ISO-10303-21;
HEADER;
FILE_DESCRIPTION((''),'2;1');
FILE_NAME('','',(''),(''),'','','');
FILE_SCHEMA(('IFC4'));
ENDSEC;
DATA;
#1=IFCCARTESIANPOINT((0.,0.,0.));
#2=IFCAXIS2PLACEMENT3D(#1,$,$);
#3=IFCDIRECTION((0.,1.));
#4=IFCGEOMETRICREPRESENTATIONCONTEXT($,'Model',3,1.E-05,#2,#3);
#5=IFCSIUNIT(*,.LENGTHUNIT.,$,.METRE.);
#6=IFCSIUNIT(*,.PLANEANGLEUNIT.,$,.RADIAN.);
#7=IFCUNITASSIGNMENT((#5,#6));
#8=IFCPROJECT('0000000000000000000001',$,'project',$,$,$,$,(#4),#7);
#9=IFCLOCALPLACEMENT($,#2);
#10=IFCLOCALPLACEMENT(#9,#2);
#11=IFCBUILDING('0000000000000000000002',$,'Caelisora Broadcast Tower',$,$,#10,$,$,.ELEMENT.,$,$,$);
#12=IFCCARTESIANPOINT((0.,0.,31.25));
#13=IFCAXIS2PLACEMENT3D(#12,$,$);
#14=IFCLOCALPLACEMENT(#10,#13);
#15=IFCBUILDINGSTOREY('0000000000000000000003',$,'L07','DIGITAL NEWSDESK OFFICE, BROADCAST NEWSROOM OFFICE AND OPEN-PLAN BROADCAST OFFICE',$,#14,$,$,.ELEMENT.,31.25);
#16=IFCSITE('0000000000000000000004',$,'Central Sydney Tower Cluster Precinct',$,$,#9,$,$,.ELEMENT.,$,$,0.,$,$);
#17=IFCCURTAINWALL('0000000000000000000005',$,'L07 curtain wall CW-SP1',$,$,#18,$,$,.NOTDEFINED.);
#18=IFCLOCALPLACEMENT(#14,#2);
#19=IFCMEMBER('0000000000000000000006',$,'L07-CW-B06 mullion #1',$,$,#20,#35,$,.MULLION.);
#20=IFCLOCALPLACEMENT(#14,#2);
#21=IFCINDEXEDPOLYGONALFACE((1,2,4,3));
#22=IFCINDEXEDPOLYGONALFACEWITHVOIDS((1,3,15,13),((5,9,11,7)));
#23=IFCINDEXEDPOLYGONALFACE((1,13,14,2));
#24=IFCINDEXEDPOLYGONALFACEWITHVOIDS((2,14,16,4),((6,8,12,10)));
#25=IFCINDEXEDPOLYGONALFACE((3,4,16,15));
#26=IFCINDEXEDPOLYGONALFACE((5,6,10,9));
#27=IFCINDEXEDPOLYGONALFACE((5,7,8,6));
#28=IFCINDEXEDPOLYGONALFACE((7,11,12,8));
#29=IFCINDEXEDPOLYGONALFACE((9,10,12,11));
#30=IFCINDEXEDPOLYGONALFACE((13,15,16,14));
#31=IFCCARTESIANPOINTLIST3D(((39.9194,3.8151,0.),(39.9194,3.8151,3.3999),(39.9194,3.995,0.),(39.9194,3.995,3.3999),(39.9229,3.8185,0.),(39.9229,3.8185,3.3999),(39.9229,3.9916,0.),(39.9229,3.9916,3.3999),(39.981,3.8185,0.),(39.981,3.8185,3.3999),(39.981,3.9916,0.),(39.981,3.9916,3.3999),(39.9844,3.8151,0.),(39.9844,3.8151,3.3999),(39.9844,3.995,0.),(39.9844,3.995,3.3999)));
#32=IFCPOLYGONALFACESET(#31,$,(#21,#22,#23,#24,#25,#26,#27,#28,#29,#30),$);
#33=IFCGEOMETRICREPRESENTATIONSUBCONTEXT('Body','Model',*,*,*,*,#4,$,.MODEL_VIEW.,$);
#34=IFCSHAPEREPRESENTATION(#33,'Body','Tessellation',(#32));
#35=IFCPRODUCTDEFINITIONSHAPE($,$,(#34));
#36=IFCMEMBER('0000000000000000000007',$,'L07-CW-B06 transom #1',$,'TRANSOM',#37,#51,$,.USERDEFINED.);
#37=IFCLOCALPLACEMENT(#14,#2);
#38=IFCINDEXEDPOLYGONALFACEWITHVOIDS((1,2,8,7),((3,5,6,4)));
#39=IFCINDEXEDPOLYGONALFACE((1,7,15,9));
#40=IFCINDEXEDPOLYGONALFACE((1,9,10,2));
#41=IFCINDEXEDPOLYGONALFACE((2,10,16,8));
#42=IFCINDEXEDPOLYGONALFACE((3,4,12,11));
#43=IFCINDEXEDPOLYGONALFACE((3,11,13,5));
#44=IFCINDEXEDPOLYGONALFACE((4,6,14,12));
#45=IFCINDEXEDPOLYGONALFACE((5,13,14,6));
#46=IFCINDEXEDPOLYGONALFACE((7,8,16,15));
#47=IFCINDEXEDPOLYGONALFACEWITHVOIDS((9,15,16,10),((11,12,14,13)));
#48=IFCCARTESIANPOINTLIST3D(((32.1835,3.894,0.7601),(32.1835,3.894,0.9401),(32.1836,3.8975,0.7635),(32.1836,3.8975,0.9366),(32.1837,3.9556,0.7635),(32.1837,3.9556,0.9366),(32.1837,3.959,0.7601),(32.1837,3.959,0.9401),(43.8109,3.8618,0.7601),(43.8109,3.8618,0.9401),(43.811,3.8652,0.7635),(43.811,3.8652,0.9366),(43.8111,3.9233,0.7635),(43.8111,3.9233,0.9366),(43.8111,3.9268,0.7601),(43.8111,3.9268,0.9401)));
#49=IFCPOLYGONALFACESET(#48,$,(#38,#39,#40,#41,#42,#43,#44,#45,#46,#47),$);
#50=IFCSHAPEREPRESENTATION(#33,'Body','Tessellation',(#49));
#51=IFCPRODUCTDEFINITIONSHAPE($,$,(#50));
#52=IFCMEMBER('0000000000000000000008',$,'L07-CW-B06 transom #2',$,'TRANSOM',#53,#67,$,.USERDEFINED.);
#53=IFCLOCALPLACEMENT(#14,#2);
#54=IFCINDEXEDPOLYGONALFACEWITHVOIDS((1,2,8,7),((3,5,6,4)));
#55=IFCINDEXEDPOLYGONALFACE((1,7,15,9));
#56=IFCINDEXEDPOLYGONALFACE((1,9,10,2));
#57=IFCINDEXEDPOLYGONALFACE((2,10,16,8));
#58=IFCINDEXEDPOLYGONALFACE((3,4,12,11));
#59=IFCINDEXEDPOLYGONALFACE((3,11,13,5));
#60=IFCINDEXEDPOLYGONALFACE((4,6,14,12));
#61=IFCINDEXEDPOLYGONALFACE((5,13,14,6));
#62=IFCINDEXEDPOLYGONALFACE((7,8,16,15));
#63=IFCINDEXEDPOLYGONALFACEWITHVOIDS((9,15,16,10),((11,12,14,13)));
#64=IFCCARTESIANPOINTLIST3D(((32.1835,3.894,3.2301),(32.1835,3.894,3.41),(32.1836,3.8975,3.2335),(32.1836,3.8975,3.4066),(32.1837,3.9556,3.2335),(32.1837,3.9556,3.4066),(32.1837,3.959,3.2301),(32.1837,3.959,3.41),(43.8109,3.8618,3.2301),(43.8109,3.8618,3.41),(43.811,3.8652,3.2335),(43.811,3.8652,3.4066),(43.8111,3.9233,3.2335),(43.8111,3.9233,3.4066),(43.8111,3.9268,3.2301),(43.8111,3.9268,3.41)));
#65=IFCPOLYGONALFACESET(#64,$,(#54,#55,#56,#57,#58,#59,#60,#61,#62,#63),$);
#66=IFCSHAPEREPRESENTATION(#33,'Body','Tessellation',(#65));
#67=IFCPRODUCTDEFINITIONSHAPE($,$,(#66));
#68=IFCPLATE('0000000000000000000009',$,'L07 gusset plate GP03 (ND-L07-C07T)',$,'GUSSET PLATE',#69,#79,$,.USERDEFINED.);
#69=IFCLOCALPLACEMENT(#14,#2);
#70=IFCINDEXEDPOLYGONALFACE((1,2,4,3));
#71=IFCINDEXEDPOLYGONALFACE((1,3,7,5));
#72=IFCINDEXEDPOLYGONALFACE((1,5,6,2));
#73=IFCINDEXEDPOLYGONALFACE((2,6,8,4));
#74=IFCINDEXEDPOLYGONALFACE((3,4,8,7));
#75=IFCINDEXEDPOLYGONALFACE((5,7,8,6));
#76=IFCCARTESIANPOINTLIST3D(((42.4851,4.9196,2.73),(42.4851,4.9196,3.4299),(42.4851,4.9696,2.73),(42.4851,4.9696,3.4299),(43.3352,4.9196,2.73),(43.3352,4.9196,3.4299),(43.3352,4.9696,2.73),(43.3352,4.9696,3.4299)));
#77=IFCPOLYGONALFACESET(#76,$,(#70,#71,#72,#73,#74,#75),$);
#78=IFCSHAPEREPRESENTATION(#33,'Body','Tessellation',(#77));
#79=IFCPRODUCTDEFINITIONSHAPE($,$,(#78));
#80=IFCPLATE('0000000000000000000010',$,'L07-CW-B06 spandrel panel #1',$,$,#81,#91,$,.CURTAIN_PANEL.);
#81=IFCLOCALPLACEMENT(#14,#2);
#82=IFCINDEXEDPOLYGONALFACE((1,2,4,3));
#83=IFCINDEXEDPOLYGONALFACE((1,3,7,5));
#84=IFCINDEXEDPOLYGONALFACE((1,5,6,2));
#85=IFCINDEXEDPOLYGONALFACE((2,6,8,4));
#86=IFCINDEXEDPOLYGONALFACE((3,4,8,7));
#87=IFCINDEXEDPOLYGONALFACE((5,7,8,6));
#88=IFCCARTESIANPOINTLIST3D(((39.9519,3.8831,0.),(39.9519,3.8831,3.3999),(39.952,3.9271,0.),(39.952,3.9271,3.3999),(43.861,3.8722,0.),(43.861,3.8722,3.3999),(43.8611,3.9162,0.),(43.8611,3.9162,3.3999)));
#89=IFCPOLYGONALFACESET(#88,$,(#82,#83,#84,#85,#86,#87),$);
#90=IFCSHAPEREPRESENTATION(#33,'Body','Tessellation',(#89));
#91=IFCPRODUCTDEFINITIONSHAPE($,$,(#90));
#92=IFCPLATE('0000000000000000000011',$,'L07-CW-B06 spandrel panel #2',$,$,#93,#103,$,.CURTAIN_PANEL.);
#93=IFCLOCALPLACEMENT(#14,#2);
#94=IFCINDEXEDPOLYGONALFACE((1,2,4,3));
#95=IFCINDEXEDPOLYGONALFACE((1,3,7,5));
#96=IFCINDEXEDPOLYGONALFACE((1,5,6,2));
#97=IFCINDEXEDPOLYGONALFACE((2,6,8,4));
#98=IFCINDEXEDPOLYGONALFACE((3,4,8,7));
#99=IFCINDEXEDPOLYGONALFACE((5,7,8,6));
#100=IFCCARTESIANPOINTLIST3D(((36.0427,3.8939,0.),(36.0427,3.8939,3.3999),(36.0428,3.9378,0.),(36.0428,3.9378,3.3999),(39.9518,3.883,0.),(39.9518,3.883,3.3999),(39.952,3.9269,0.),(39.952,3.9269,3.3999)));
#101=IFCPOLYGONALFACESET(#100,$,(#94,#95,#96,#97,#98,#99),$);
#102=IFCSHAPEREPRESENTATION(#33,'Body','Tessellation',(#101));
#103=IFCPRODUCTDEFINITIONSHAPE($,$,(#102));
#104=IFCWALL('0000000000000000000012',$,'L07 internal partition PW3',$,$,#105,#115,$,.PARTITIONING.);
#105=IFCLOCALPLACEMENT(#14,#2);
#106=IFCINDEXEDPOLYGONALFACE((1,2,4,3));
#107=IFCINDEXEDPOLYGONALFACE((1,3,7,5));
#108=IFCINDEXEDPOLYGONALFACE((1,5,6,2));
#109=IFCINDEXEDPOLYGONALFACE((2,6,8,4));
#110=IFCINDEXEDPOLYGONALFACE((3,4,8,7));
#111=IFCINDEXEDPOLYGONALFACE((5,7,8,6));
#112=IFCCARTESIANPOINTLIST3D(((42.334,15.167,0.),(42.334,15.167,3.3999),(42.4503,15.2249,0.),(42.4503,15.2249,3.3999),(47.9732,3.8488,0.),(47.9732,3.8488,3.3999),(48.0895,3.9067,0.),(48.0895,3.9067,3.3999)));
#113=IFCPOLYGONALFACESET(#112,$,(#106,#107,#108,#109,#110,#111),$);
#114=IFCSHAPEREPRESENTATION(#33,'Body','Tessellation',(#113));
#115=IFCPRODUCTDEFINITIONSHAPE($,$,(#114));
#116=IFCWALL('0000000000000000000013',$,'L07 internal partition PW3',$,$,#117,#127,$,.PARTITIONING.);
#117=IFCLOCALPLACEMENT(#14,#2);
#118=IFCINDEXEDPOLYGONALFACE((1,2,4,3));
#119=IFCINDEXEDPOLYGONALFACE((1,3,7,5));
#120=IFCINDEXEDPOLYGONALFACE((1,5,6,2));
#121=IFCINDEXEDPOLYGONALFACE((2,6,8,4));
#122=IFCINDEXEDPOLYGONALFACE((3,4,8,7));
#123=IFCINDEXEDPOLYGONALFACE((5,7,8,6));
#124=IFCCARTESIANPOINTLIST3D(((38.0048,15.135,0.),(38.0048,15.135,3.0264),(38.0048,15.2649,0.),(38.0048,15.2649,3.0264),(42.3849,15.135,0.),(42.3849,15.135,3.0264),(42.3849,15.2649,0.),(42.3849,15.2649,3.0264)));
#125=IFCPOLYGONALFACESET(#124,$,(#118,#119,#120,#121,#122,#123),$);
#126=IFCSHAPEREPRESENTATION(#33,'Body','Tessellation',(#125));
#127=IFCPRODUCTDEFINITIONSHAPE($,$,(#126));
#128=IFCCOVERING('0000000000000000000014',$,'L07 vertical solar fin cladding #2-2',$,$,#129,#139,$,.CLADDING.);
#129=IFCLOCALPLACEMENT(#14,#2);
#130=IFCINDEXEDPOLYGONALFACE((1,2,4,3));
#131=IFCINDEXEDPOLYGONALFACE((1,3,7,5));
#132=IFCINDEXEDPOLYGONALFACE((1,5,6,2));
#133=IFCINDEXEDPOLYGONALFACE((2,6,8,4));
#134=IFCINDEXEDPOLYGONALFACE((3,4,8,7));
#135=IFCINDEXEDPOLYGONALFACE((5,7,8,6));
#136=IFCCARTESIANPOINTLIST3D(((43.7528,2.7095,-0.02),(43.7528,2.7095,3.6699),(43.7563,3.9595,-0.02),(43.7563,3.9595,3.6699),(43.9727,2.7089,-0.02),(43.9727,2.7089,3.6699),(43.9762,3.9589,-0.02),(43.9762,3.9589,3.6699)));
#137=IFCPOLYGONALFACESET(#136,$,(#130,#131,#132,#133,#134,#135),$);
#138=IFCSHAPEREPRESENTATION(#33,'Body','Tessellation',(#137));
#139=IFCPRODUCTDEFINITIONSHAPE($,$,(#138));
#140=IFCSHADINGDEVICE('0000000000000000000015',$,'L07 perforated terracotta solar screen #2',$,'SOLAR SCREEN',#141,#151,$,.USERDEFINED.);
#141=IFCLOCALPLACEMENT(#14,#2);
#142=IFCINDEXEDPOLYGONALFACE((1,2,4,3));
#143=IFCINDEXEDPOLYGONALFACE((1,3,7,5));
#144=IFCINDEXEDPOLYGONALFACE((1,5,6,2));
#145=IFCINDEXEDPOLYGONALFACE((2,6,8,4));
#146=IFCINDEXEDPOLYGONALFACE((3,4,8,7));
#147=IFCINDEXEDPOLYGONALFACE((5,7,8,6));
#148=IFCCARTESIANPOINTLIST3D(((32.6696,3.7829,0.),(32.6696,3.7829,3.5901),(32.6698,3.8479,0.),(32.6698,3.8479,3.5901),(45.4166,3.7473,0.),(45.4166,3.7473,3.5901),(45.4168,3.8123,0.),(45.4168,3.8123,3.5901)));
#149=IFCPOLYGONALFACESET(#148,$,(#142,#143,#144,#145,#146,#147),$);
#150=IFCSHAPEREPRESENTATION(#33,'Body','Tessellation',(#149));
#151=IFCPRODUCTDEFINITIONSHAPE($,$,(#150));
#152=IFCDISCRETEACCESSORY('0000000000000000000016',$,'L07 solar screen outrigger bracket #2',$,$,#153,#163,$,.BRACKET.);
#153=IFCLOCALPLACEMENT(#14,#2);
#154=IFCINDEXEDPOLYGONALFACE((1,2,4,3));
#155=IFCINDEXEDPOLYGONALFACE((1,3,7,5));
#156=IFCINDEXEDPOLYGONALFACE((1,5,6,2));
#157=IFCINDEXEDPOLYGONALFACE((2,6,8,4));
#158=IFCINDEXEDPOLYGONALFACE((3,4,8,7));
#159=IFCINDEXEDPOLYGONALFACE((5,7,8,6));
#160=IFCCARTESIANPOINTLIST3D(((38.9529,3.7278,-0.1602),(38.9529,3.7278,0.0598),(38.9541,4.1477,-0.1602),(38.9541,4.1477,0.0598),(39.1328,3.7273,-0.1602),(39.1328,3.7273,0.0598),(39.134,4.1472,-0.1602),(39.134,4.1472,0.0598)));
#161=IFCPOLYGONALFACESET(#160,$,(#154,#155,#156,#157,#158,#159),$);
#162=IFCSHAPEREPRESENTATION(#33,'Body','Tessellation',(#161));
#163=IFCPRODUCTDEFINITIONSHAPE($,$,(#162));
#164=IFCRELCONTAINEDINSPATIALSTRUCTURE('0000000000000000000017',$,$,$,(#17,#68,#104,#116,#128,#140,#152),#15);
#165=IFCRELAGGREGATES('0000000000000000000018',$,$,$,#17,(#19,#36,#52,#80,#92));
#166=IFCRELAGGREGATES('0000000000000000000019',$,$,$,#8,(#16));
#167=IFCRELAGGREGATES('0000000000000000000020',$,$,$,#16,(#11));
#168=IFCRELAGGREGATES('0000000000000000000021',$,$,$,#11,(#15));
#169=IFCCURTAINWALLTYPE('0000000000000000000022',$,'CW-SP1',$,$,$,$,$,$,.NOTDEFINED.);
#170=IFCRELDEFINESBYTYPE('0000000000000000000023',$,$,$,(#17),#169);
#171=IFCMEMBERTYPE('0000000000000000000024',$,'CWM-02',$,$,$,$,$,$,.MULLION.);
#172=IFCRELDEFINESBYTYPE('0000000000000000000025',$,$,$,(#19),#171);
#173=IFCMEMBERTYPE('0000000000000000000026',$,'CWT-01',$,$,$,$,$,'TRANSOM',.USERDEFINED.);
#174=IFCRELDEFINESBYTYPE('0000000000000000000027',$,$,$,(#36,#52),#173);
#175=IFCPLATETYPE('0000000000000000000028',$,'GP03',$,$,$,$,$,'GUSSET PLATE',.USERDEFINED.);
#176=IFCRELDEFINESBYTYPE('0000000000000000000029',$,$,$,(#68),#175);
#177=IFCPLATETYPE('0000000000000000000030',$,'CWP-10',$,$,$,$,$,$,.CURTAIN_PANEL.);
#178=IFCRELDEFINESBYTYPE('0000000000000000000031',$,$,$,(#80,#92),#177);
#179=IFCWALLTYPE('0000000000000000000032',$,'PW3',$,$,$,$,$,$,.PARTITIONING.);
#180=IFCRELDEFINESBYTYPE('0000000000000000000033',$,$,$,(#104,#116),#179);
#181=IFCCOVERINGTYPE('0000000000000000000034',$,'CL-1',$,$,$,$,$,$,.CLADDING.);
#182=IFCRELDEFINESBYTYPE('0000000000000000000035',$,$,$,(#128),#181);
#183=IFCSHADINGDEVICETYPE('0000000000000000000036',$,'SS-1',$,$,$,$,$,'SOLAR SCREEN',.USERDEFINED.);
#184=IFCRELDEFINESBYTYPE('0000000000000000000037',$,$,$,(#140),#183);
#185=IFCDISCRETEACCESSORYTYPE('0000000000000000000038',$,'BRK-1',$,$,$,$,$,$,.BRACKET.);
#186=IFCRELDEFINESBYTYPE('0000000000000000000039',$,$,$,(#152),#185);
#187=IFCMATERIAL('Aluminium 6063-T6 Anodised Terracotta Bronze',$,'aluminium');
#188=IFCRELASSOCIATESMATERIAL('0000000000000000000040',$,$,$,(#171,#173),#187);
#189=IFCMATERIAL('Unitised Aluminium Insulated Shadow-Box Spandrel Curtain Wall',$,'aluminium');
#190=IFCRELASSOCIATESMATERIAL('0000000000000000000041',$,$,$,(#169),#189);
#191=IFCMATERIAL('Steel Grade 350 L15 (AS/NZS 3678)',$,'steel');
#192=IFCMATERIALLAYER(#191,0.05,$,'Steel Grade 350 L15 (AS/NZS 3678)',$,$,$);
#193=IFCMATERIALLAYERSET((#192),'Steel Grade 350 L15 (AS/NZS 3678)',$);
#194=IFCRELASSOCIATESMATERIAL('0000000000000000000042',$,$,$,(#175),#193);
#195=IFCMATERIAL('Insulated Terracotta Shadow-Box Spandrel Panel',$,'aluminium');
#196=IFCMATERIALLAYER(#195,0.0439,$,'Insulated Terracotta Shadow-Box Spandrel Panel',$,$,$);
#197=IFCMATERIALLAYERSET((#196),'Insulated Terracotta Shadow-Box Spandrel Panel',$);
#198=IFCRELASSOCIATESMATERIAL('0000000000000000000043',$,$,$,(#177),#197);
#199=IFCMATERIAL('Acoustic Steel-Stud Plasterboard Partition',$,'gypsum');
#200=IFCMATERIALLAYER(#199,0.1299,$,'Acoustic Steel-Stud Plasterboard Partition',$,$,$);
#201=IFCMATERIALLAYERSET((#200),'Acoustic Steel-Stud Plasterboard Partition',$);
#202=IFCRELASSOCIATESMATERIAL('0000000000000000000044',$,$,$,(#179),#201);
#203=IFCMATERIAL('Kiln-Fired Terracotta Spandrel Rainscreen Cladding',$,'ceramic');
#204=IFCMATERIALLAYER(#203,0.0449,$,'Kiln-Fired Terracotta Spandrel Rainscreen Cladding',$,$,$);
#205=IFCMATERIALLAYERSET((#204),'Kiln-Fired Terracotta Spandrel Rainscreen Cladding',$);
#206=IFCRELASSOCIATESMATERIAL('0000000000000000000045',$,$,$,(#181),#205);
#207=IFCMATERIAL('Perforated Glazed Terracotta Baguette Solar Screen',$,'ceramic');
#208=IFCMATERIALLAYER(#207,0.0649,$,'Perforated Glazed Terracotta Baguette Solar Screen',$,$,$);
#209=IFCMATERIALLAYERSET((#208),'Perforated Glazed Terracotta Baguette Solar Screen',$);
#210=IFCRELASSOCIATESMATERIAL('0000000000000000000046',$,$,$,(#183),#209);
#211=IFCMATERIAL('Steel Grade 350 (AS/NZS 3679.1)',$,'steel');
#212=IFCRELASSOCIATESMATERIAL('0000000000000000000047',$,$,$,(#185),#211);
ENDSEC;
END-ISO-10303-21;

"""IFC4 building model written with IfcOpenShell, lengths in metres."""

from ifc_helpers import new_model, si_unit, direction, frame, frame_2d, origin, origin_2d, place, context, subcontext, project, spatial, rectangle, hollow_rectangle, extrude, source, transform, mapped, material, layer, layer_set, material_profile, profile_set, type_object, type_shapes, element, aggregate, save


model = new_model("IFC4")

# Units and contexts
model_context = context("Model", 3, precision=1e-05, world=origin(), true_north=direction((0.0, 1.0)))
body_context = subcontext(model_context, "Body", "Model", "MODEL_VIEW")
ifc_project = project(units=[si_unit("LENGTHUNIT", "METRE"), si_unit("PLANEANGLEUNIT", "RADIAN")], contexts=[model_context])

# Site, building, storey
site_placement = place(None, origin())
site = spatial("IfcSite", under=ifc_project, at=site_placement, Name="Central Sydney Tower Cluster Precinct", CompositionType="ELEMENT", RefElevation=0.0)
building_placement = place(site_placement, origin())
building = spatial("IfcBuilding", under=site, at=building_placement, Name="Caelisora Broadcast Tower", CompositionType="ELEMENT")
storey_placement = place(building_placement, frame((0.0, 0.0, 31.25)))
storey = spatial("IfcBuildingStorey", under=building, at=storey_placement, Name="L07", Description="DIGITAL NEWSDESK OFFICE, BROADCAST NEWSROOM OFFICE AND OPEN-PLAN BROADCAST OFFICE", CompositionType="ELEMENT", Elevation=31.25)

# Shared definitions
ifc_material_1 = material(Name="Steel Grade 350 L15 (AS/NZS 3678)", Category="steel")

# Shared definitions
ifc_material_2 = material(Name="Steel Grade 350 (AS/NZS 3679.1)", Category="steel")

# Shared definitions
ifc_material_3 = material(Name="Aluminium 6063-T6 Anodised Terracotta Bronze", Category="aluminium")
ifc_material_profile_1 = material_profile(ifc_material_3, hollow_rectangle(XDim=0.0649, YDim=0.1799, WallThickness=0.0034, at=origin_2d()), Name="Aluminium 6063-T6 Anodised Terracotta Bronze")
ifc_profile_set_1 = profile_set([ifc_material_profile_1], Name="Aluminium 6063-T6 Anodised Terracotta Bronze")
member_type_1 = type_object("IfcMemberType", Name="CWM-02", PredefinedType="MULLION", material=ifc_profile_set_1)
shared_shape_1 = source(origin(), body_context, "Body", "SweptSolid", [
    extrude(hollow_rectangle(XDim=0.0649, YDim=0.1799, WallThickness=0.0034, at=origin_2d()), origin(), (0.0, 0.0, 1.0), 3.3999),
])
type_shapes(member_type_1, [shared_shape_1])

# Curtain wall, members
ifc_material_4 = material(Name="Unitised Aluminium Insulated Shadow-Box Spandrel Curtain Wall", Category="aluminium")
curtain_wall_type_1 = type_object("IfcCurtainWallType", Name="CW-SP1", PredefinedType="NOTDEFINED", material=ifc_material_4)
curtain_wall_1_placement = place(storey_placement, origin())
curtain_wall_1 = element("IfcCurtainWall", 1, at=curtain_wall_1_placement, inside=storey, type_object=curtain_wall_type_1, Name="L07 curtain wall CW-SP1", PredefinedType="NOTDEFINED")
member_1_placement = place(storey_placement, frame((39.9519, 3.905, 0.0), z_axis=(0.0, 0.0, 1.0), x_axis=(1.0, 0.0, 0.0)))
member_1 = element("IfcMember", 2, at=member_1_placement, type_object=member_type_1, Name="L07-CW-B06 mullion #1", PredefinedType="MULLION", context=body_context, shape_type="MappedRepresentation", body=[
    mapped(shared_shape_1, transform((0.0, 0.0, 0.0), scale=1.0)),
])
ifc_material_profile_2 = material_profile(ifc_material_3, hollow_rectangle(XDim=0.0649, YDim=0.1799, WallThickness=0.0034, at=origin_2d()), Name="Aluminium 6063-T6 Anodised Terracotta Bronze")
ifc_profile_set_2 = profile_set([ifc_material_profile_2], Name="Aluminium 6063-T6 Anodised Terracotta Bronze")
member_type_2 = type_object("IfcMemberType", Name="CWT-01", ElementType="TRANSOM", PredefinedType="USERDEFINED", material=ifc_profile_set_2)
shared_shape_2 = source(origin(), body_context, "Body", "SweptSolid", [
    extrude(hollow_rectangle(XDim=0.0649, YDim=0.1799, WallThickness=0.0034, at=origin_2d()), origin(), (0.0, 0.0, 1.0), 11.6274),
])
type_shapes(member_type_2, [shared_shape_2])
member_2_placement = place(storey_placement, frame((43.811, 3.8943, 0.8501), z_axis=(-0.999996, 0.002772, 0.0), x_axis=(-0.002772, -0.999996, 0.0)))
member_2 = element("IfcMember", 3, at=member_2_placement, type_object=member_type_2, Name="L07-CW-B06 transom #1", ObjectType="TRANSOM", PredefinedType="USERDEFINED", context=body_context, shape_type="MappedRepresentation", body=[
    mapped(shared_shape_2, transform((0.0, 0.0, 0.0), scale=1.0)),
])
member_3_placement = place(storey_placement, frame((43.811, 3.8943, 3.3201), z_axis=(-0.999996, 0.002772, 0.0), x_axis=(-0.002772, -0.999996, 0.0)))
member_3 = element("IfcMember", 4, at=member_3_placement, type_object=member_type_2, Name="L07-CW-B06 transom #2", ObjectType="TRANSOM", PredefinedType="USERDEFINED", context=body_context, shape_type="MappedRepresentation", body=[
    mapped(shared_shape_2, transform((0.0, 0.0, 0.0), scale=1.0)),
])

# Plates
ifc_layer_1 = layer(ifc_material_1, 0.05, Name="Steel Grade 350 L15 (AS/NZS 3678)")
ifc_layer_set_1 = layer_set([ifc_layer_1], Name="Steel Grade 350 L15 (AS/NZS 3678)")
plate_type_1 = type_object("IfcPlateType", Name="GP03", ElementType="GUSSET PLATE", PredefinedType="USERDEFINED", material=ifc_layer_set_1)
shared_shape_3 = source(origin(), body_context, "Body", "SweptSolid", [
    extrude(rectangle(XDim=0.8501, YDim=0.05, at=origin_2d()), origin(), (0.0, 0.0, 1.0), 0.7),
])
type_shapes(plate_type_1, [shared_shape_3])
plate_1_placement = place(storey_placement, frame((42.9102, 4.9446, 2.73), z_axis=(0.0, 0.0, 1.0), x_axis=(1.0, 0.0, 0.0)))
element("IfcPlate", 5, at=plate_1_placement, inside=storey, type_object=plate_type_1, Name="L07 gusset plate GP03 (ND-L07-C07T)", ObjectType="GUSSET PLATE", PredefinedType="USERDEFINED", context=body_context, shape_type="MappedRepresentation", body=[
    mapped(shared_shape_3, transform((0.0, 0.0, 0.0), scale=1.0)),
])
ifc_material_5 = material(Name="Insulated Terracotta Shadow-Box Spandrel Panel", Category="aluminium")
ifc_layer_2 = layer(ifc_material_5, 0.0439, Name="Insulated Terracotta Shadow-Box Spandrel Panel")
ifc_layer_set_2 = layer_set([ifc_layer_2], Name="Insulated Terracotta Shadow-Box Spandrel Panel")
plate_type_2 = type_object("IfcPlateType", Name="CWP-10", PredefinedType="CURTAIN_PANEL", material=ifc_layer_set_2)
shared_shape_4 = source(origin(), body_context, "Body", "SweptSolid", [
    extrude(rectangle(XDim=3.9092, YDim=0.0439, at=origin_2d()), origin(), (0.0, 0.0, 1.0), 3.3999),
])
type_shapes(plate_type_2, [shared_shape_4])
plate_2_placement = place(storey_placement, frame((41.9065, 3.8997, 0.0), z_axis=(0.0, 0.0, 1.0), x_axis=(-0.999996, 0.002793, 0.0)))
plate_2 = element("IfcPlate", 6, at=plate_2_placement, type_object=plate_type_2, Name="L07-CW-B06 spandrel panel #1", PredefinedType="CURTAIN_PANEL", context=body_context, shape_type="MappedRepresentation", body=[
    mapped(shared_shape_4, transform((0.0, 0.0, 0.0), scale=1.0)),
])
plate_3_placement = place(storey_placement, frame((37.9973, 3.9104, 0.0), z_axis=(0.0, 0.0, 1.0), x_axis=(-0.999996, 0.002793, 0.0)))
plate_3 = element("IfcPlate", 7, at=plate_3_placement, type_object=plate_type_2, Name="L07-CW-B06 spandrel panel #2", PredefinedType="CURTAIN_PANEL", context=body_context, shape_type="MappedRepresentation", body=[
    mapped(shared_shape_4, transform((0.0, 0.0, 0.0), scale=1.0)),
])
aggregate(curtain_wall_1, [member_1, member_2, member_3, plate_2, plate_3])

# Walls
ifc_material_6 = material(Name="Acoustic Steel-Stud Plasterboard Partition", Category="gypsum")
ifc_layer_3 = layer(ifc_material_6, 0.1299, Name="Acoustic Steel-Stud Plasterboard Partition")
ifc_layer_set_3 = layer_set([ifc_layer_3], Name="Acoustic Steel-Stud Plasterboard Partition")
wall_type = type_object("IfcWallType", Name="PW3", PredefinedType="PARTITIONING", material=ifc_layer_set_3)
wall_1_placement = place(storey_placement, frame((42.3921, 15.196, 0.0), z_axis=(0.0, 0.0, 1.0), x_axis=(0.445954, -0.895056, 0.0)))
element("IfcWall", 8, at=wall_1_placement, inside=storey, type_object=wall_type, Name="L07 internal partition PW3", PredefinedType="PARTITIONING", context=body_context, shape_type="SweptSolid", body=[
    extrude(rectangle(XDim=12.6453, YDim=0.1299, at=frame_2d((6.3228, 0.0))), origin(), (0.0, 0.0, 1.0), 3.3999),
])
wall_2_placement = place(storey_placement, frame((38.0049, 15.2, 0.0), z_axis=(0.0, 0.0, 1.0), x_axis=(1.0, 0.0, 0.0)))
element("IfcWall", 9, at=wall_2_placement, inside=storey, type_object=wall_type, Name="L07 internal partition PW3", PredefinedType="PARTITIONING", context=body_context, shape_type="SweptSolid", body=[
    extrude(rectangle(XDim=4.3801, YDim=0.1299, at=frame_2d((2.1899, 0.0))), origin(), (0.0, 0.0, 1.0), 3.0264),
])

# Covering
ifc_material_7 = material(Name="Kiln-Fired Terracotta Spandrel Rainscreen Cladding", Category="ceramic")
ifc_layer_4 = layer(ifc_material_7, 0.0449, Name="Kiln-Fired Terracotta Spandrel Rainscreen Cladding")
ifc_layer_set_4 = layer_set([ifc_layer_4], Name="Kiln-Fired Terracotta Spandrel Rainscreen Cladding")
covering_type = type_object("IfcCoveringType", Name="CL-1", PredefinedType="CLADDING", material=ifc_layer_set_4)
shared_shape_5 = source(origin(), body_context, "Body", "SweptSolid", [
    extrude(rectangle(XDim=0.22, YDim=1.25, at=origin_2d()), origin(), (0.0, 0.0, 1.0), 3.6899),
])
type_shapes(covering_type, [shared_shape_5])
covering_placement = place(storey_placement, frame((43.8645, 3.3342, -0.02), z_axis=(0.0, 0.0, 1.0), x_axis=(-0.999996, 0.002793, 0.0)))
element("IfcCovering", 10, at=covering_placement, inside=storey, type_object=covering_type, Name="L07 vertical solar fin cladding #2-2", PredefinedType="CLADDING", context=body_context, shape_type="MappedRepresentation", body=[
    mapped(shared_shape_5, transform((0.0, 0.0, 0.0), scale=1.0)),
])

# Shading device
ifc_material_8 = material(Name="Perforated Glazed Terracotta Baguette Solar Screen", Category="ceramic")
ifc_layer_5 = layer(ifc_material_8, 0.0649, Name="Perforated Glazed Terracotta Baguette Solar Screen")
ifc_layer_set_5 = layer_set([ifc_layer_5], Name="Perforated Glazed Terracotta Baguette Solar Screen")
shading_device_type = type_object("IfcShadingDeviceType", Name="SS-1", ElementType="SOLAR SCREEN", PredefinedType="USERDEFINED", material=ifc_layer_set_5)
shared_shape_6 = source(origin(), body_context, "Body", "SweptSolid", [
    extrude(rectangle(XDim=12.7471, YDim=0.0649, at=origin_2d()), origin(), (0.0, 0.0, 1.0), 3.5901),
])
type_shapes(shading_device_type, [shared_shape_6])
shading_device_placement = place(storey_placement, frame((39.0432, 3.7976, 0.0), z_axis=(0.0, 0.0, 1.0), x_axis=(0.999996, -0.002793, 0.0)))
element("IfcShadingDevice", 11, at=shading_device_placement, inside=storey, type_object=shading_device_type, Name="L07 perforated terracotta solar screen #2", ObjectType="SOLAR SCREEN", PredefinedType="USERDEFINED", context=body_context, shape_type="MappedRepresentation", body=[
    mapped(shared_shape_6, transform((0.0, 0.0, 0.0), scale=1.0)),
])

# Discrete accessory
discrete_accessory_type = type_object("IfcDiscreteAccessoryType", Name="BRK-1", PredefinedType="BRACKET", material=ifc_material_2)
shared_shape_7 = source(origin(), body_context, "Body", "SweptSolid", [
    extrude(rectangle(XDim=0.1799, YDim=0.4199, at=origin_2d()), origin(), (0.0, 0.0, 1.0), 0.22),
])
type_shapes(discrete_accessory_type, [shared_shape_7])
discrete_accessory_placement = place(storey_placement, frame((39.0435, 3.9375, -0.1602), z_axis=(0.0, 0.0, 1.0), x_axis=(0.999996, -0.002793, 0.0)))
element("IfcDiscreteAccessory", 12, at=discrete_accessory_placement, inside=storey, type_object=discrete_accessory_type, Name="L07 solar screen outrigger bracket #2", PredefinedType="BRACKET", context=body_context, shape_type="MappedRepresentation", body=[
    mapped(shared_shape_7, transform((0.0, 0.0, 0.0), scale=1.0)),
])

save(model, "model.ifc")
